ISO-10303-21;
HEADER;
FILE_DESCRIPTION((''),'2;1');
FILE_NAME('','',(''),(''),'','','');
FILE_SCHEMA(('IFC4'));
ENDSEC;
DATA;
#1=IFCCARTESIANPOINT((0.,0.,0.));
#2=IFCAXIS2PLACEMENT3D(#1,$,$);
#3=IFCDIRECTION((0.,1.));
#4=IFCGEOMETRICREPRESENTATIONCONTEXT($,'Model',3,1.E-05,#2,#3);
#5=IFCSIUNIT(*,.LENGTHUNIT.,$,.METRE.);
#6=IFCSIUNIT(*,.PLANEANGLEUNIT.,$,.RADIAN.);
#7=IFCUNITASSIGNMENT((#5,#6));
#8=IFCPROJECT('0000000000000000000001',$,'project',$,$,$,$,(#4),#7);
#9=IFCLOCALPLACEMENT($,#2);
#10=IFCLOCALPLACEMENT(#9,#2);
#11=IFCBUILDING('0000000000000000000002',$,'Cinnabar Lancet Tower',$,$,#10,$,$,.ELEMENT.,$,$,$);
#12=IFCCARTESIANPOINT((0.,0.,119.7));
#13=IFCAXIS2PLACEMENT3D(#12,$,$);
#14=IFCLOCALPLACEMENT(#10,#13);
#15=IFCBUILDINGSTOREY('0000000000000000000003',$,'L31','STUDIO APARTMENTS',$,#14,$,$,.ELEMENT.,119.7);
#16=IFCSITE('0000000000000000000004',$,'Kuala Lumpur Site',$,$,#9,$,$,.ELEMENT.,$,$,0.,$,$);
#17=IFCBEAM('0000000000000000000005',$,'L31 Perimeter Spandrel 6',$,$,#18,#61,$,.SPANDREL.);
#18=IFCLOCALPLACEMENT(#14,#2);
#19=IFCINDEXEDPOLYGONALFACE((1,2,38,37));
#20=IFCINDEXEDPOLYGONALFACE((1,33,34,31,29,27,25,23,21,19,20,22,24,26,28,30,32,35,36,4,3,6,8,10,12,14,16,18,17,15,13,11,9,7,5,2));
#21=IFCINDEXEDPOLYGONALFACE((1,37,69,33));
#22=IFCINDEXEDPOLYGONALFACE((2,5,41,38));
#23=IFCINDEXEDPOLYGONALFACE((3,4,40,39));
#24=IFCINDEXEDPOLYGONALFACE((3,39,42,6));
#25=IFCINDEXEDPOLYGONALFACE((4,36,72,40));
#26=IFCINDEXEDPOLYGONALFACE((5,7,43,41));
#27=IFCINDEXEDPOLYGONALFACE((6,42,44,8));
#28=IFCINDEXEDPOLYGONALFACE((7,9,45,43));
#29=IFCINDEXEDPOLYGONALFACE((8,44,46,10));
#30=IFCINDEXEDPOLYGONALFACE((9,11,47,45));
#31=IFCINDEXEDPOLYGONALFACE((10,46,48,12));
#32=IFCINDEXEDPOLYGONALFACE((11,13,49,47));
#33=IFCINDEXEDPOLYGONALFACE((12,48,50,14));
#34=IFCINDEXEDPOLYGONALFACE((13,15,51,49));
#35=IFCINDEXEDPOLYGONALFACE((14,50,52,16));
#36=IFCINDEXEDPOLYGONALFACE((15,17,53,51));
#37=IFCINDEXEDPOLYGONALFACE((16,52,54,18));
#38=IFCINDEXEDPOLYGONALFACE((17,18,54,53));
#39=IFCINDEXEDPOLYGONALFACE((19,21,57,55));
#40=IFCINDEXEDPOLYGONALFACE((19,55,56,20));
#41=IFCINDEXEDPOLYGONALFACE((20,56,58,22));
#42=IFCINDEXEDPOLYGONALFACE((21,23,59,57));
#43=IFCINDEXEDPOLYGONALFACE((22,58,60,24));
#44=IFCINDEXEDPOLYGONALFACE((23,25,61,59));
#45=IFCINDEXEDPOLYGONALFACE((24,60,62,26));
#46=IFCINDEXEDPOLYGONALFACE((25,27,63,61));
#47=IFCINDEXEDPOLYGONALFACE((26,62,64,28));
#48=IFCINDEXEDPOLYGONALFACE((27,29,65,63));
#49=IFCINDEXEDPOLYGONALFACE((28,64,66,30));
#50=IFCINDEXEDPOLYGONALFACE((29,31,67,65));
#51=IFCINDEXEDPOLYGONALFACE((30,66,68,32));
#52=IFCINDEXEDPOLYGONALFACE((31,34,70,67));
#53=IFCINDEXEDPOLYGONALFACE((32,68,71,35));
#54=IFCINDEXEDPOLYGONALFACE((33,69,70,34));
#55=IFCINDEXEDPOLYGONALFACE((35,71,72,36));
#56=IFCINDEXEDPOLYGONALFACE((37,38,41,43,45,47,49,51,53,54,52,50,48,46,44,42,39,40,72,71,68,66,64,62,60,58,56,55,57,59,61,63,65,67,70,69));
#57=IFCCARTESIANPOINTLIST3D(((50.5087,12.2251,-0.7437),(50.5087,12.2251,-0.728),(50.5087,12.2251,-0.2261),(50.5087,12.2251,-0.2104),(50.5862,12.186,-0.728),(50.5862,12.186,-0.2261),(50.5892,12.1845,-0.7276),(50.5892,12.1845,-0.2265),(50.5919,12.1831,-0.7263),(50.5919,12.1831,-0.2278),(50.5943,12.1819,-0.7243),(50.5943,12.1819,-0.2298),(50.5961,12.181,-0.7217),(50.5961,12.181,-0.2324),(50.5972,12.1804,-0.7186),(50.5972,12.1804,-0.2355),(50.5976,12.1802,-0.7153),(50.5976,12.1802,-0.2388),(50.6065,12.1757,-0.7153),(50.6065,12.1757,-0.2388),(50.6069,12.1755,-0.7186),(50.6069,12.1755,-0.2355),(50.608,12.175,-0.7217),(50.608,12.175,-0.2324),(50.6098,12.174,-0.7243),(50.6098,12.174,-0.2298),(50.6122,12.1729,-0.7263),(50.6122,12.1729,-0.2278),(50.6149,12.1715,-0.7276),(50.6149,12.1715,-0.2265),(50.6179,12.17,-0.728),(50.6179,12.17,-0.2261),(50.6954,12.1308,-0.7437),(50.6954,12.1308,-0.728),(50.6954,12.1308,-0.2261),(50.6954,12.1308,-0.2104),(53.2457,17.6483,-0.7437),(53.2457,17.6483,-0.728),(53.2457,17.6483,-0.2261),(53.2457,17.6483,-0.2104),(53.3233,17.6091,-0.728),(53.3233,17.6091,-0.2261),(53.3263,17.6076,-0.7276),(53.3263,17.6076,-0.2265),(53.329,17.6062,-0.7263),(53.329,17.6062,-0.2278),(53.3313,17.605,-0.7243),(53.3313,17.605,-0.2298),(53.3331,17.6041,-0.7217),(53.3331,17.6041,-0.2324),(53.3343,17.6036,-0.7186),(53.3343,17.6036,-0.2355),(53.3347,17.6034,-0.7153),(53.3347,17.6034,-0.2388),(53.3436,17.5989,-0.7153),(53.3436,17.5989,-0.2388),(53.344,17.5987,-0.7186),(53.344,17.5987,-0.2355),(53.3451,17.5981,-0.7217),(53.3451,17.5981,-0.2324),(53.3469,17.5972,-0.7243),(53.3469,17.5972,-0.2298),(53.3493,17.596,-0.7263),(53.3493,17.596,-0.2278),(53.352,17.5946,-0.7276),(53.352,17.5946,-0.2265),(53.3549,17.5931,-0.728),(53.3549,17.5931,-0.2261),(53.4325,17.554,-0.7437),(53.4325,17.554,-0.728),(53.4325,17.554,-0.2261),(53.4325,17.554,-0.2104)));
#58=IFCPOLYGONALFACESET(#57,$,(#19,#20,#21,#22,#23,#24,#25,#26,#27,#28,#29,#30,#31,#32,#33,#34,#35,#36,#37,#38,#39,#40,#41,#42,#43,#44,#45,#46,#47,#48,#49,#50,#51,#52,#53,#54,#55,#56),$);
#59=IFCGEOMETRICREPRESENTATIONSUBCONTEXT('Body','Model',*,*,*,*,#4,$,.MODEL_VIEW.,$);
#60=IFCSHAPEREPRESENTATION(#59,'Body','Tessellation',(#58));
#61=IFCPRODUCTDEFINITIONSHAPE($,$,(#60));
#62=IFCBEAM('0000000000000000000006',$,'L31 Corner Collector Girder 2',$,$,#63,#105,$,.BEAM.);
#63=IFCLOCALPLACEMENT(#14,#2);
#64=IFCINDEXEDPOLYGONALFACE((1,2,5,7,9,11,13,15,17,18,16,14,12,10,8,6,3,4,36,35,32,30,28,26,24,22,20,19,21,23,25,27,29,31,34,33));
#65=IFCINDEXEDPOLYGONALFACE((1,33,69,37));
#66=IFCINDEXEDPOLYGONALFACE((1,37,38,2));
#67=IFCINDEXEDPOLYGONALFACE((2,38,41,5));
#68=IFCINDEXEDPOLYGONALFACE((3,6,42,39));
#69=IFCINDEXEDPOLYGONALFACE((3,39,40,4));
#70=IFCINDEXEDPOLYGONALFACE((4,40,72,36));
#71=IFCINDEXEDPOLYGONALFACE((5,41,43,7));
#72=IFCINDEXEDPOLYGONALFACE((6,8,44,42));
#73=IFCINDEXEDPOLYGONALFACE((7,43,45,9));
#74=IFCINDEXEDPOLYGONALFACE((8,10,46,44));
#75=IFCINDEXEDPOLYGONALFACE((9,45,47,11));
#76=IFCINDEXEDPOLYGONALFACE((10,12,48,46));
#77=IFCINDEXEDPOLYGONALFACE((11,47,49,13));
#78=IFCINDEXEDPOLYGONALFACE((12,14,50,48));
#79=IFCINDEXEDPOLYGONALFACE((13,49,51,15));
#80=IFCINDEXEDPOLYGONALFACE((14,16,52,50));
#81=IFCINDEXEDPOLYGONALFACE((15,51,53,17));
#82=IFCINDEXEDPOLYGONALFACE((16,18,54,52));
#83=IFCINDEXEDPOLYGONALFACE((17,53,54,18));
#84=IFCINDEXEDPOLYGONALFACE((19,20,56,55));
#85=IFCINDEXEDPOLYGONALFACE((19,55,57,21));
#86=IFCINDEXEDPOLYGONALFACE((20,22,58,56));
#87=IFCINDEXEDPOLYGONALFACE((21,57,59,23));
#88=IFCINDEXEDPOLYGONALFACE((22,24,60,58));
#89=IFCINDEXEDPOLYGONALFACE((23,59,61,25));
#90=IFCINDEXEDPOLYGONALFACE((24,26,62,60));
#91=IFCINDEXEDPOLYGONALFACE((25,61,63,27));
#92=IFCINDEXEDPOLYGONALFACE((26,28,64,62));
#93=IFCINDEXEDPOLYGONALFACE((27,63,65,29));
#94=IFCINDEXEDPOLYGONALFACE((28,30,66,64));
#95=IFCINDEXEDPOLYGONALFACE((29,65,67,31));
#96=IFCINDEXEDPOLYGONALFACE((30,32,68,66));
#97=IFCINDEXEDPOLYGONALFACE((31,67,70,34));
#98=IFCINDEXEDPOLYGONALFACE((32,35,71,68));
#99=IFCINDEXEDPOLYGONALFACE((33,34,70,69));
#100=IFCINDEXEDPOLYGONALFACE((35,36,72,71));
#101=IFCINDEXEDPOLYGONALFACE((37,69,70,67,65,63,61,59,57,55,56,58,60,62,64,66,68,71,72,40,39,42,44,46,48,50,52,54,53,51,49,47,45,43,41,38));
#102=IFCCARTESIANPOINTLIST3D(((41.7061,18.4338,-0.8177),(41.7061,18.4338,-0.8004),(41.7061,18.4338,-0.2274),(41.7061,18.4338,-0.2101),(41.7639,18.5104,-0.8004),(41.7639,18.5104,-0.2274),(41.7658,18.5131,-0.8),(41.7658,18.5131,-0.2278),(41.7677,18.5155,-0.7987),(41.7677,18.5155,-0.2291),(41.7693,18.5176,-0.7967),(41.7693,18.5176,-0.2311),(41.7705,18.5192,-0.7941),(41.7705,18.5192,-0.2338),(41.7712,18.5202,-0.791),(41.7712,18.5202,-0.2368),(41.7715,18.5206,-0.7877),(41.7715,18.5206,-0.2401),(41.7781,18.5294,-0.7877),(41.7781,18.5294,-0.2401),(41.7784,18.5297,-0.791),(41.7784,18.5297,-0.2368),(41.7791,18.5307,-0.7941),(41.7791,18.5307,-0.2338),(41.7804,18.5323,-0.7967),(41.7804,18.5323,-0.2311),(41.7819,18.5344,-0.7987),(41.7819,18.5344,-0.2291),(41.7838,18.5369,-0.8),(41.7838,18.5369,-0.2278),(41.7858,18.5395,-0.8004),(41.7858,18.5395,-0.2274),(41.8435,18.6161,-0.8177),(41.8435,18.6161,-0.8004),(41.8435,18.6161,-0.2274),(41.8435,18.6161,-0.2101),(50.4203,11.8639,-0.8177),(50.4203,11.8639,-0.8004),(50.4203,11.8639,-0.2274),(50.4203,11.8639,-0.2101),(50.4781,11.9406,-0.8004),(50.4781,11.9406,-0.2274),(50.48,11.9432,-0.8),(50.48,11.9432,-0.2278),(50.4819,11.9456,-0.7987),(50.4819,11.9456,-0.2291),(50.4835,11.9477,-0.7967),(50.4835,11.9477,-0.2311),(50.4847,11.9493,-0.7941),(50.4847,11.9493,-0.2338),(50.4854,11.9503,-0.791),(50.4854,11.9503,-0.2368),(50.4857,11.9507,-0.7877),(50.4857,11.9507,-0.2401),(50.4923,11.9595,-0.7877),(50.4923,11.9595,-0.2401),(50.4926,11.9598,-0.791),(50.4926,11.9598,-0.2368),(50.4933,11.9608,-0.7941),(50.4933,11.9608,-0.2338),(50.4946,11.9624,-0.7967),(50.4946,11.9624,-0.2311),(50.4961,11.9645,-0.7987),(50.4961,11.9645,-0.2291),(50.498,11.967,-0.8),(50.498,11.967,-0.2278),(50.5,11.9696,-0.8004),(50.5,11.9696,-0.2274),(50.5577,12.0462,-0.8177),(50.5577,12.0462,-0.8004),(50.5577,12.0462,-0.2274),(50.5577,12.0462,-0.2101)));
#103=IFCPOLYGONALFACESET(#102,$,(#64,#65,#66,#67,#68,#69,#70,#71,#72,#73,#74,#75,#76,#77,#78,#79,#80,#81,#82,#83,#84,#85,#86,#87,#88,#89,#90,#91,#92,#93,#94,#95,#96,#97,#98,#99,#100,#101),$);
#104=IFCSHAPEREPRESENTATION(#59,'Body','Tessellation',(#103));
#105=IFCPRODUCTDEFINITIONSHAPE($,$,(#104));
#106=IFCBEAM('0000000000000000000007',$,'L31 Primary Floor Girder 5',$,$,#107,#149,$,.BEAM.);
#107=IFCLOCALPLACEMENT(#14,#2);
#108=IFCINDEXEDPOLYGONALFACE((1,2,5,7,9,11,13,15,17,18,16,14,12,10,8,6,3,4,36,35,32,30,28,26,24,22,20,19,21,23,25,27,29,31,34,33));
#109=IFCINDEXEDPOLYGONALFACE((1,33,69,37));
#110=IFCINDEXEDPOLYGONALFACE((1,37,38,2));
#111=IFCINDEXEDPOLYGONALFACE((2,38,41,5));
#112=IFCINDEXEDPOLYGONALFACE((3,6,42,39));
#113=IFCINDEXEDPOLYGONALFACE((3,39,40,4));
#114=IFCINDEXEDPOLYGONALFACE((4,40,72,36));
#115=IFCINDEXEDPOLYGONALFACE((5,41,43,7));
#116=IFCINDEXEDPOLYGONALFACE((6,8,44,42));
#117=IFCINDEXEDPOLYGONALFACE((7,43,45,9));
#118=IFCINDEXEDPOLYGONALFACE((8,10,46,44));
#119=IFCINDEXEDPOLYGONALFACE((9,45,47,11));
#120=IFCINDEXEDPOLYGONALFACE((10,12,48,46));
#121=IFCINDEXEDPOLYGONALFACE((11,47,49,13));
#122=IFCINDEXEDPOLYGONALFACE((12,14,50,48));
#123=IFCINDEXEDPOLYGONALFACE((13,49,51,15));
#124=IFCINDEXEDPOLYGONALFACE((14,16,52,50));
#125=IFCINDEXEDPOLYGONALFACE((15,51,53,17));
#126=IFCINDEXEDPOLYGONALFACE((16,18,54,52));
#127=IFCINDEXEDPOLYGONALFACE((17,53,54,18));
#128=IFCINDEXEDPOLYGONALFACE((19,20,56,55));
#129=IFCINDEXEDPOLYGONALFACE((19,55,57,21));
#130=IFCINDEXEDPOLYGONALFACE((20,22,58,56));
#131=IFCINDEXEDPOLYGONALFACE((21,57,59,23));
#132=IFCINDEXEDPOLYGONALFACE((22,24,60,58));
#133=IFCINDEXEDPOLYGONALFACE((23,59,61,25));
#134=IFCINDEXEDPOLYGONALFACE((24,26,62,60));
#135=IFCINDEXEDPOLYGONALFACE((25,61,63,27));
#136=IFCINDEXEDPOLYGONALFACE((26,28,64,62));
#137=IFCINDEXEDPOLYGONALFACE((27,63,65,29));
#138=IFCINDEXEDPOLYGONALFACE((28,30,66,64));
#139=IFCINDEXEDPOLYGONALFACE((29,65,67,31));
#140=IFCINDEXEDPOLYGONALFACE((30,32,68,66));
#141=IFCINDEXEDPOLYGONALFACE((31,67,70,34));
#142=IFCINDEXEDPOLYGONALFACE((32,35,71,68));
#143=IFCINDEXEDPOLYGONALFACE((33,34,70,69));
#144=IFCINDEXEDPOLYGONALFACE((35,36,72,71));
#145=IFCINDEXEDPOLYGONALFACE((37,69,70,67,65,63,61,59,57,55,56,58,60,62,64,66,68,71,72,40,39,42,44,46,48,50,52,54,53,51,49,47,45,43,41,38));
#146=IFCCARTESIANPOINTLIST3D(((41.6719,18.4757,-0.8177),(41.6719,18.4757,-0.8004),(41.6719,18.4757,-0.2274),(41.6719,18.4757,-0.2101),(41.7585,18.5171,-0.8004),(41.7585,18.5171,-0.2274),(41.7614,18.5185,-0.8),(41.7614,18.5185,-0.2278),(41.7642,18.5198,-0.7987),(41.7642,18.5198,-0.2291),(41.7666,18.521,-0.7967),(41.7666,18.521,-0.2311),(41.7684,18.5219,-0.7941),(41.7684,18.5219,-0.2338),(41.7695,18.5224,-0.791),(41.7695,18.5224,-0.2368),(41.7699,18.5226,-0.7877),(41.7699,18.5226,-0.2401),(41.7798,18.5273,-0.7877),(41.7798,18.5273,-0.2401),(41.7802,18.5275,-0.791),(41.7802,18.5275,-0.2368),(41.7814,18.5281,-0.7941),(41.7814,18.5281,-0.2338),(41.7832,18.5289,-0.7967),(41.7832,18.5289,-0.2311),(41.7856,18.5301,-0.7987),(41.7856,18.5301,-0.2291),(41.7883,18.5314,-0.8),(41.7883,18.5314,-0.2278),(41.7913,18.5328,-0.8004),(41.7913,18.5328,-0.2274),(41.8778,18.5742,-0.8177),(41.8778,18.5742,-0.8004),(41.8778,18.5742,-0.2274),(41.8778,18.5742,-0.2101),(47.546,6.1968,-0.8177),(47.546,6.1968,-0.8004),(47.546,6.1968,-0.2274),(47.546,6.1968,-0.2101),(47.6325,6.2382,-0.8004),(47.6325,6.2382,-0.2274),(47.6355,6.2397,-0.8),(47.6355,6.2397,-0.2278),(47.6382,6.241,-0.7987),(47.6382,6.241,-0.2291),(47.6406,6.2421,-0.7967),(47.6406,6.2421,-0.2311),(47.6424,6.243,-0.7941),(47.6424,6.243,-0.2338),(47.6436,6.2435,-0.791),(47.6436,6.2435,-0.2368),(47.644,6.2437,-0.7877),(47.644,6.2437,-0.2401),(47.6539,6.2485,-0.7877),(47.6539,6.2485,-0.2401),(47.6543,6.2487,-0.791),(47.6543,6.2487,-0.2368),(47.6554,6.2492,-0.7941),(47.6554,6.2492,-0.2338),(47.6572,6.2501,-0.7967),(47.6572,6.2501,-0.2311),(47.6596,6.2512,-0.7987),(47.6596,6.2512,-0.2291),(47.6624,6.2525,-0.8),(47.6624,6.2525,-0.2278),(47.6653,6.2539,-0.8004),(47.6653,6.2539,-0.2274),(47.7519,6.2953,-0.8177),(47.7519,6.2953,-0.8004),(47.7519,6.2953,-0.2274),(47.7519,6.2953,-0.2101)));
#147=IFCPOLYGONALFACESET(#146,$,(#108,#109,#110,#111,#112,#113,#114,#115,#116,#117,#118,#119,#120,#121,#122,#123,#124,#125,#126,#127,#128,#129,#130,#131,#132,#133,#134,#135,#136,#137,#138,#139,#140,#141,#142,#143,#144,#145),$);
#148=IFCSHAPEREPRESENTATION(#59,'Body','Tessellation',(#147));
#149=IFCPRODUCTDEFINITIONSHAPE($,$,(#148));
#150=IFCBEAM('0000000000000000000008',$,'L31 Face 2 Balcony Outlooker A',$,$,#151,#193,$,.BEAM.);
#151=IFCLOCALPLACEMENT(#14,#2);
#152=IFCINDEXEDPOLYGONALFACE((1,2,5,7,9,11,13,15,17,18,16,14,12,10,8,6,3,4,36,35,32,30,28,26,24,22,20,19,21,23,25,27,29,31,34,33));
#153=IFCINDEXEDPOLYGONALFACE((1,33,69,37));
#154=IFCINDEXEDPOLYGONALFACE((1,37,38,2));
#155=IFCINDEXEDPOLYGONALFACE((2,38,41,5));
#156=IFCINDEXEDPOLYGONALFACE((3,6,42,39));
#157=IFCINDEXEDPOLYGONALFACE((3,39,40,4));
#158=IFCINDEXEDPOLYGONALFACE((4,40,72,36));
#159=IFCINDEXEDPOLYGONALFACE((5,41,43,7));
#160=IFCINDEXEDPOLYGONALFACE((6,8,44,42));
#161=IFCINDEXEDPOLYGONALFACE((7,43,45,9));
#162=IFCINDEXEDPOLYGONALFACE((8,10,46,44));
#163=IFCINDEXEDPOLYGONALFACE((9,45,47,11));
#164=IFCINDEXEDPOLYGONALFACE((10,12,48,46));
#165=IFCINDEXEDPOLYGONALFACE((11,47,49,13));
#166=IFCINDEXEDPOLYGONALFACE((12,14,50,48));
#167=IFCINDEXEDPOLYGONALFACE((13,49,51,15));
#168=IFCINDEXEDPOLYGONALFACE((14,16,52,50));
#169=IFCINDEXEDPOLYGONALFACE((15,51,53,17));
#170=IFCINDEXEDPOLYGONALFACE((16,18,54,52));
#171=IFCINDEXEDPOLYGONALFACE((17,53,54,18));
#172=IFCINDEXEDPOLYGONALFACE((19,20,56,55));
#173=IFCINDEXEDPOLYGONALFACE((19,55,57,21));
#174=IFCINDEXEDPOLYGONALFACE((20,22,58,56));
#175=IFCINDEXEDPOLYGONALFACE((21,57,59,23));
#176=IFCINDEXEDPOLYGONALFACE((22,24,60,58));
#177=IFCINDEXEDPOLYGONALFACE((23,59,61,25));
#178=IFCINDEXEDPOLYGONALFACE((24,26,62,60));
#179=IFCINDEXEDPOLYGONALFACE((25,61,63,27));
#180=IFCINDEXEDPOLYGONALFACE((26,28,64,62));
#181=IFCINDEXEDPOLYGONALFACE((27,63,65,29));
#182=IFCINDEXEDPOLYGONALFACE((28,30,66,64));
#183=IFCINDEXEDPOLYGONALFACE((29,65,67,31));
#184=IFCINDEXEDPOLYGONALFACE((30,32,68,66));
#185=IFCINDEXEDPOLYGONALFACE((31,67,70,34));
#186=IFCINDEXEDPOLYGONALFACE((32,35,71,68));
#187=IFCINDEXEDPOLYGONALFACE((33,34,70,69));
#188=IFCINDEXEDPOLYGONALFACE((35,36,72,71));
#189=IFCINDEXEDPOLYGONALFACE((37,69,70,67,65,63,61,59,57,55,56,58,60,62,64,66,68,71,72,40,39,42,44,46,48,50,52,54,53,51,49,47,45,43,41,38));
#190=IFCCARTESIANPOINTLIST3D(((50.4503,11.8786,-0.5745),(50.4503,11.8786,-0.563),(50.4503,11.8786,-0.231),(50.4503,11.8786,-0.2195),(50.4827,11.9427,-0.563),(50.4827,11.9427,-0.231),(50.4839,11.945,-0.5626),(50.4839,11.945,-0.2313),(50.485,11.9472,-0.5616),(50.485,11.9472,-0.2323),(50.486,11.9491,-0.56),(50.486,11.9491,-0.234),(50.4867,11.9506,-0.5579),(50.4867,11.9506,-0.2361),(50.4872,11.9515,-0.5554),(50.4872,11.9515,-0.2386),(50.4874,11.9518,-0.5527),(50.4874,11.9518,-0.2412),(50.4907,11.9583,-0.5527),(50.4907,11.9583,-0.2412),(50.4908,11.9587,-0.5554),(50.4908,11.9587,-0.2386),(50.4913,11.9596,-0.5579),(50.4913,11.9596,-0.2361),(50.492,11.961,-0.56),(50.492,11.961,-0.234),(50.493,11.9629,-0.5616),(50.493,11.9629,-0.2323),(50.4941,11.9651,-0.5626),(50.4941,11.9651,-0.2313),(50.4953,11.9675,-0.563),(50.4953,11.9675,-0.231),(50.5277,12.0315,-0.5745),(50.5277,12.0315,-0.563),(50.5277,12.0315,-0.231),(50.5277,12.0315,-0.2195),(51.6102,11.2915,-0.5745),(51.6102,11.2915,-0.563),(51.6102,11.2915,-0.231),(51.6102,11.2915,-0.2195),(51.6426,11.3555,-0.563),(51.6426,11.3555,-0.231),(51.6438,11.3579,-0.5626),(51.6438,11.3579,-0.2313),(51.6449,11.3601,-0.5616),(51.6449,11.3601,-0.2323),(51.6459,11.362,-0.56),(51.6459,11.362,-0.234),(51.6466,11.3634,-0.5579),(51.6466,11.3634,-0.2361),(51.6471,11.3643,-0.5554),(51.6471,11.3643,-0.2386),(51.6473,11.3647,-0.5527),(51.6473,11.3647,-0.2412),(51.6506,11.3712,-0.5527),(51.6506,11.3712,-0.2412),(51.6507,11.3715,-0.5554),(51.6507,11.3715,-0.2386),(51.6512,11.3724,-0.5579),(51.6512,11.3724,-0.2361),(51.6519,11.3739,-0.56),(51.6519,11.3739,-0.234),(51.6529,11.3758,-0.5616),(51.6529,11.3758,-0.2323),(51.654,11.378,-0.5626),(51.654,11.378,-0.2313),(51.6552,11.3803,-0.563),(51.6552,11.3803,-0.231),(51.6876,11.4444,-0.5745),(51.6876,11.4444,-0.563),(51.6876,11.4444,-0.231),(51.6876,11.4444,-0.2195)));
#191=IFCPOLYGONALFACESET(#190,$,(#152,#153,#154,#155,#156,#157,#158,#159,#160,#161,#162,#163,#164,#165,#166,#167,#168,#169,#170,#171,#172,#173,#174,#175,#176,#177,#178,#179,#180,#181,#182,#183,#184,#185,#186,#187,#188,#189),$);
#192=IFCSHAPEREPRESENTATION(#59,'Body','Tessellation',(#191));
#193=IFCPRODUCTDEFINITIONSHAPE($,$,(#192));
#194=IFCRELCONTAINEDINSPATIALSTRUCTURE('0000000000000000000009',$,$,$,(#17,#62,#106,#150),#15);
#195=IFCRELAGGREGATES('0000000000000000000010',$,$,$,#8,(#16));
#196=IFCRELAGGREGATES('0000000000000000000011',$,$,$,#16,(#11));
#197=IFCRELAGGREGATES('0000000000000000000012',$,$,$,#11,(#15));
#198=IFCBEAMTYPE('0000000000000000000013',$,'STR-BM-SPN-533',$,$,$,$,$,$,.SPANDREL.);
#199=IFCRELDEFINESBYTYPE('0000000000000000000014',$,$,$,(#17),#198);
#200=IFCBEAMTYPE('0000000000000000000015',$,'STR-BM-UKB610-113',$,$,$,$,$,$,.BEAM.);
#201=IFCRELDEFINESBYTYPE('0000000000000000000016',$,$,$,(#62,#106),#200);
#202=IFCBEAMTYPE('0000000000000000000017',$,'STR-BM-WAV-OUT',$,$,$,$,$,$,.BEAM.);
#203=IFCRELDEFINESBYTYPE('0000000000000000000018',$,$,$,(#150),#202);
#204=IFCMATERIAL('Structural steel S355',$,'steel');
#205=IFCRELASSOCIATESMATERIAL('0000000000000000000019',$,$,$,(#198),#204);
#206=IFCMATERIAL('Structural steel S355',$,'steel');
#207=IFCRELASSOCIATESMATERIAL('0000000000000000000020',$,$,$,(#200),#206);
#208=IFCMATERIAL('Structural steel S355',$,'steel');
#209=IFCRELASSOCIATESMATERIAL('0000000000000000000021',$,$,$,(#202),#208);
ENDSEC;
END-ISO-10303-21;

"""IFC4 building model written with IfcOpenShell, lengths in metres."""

from ifc_helpers import new_model, si_unit, direction, frame, origin, origin_2d, place, context, subcontext, project, spatial, i_section, extrude, material, material_profile, profile_set, type_object, element, save


model = new_model("IFC4")

# Units and contexts
model_context = context("Model", 3, precision=1e-05, world=origin(), true_north=direction((0.0, 1.0)))
body_context = subcontext(model_context, "Body", "Model", "MODEL_VIEW")
ifc_project = project(units=[si_unit("LENGTHUNIT", "METRE"), si_unit("PLANEANGLEUNIT", "RADIAN")], contexts=[model_context])

# Site, building, storey
site_placement = place(None, origin())
site = spatial("IfcSite", under=ifc_project, at=site_placement, Name="Kuala Lumpur Site", CompositionType="ELEMENT", RefElevation=0.0)
building_placement = place(site_placement, origin())
building = spatial("IfcBuilding", under=site, at=building_placement, Name="Cinnabar Lancet Tower", CompositionType="ELEMENT")
storey_placement = place(building_placement, frame((0.0, 0.0, 119.7)))
storey = spatial("IfcBuildingStorey", under=building, at=storey_placement, Name="L31", Description="STUDIO APARTMENTS", CompositionType="ELEMENT", Elevation=119.7)

# Beams
ifc_material_1 = material(Name="Structural steel S355", Category="steel")
ifc_material_profile_1 = material_profile(ifc_material_1, i_section(OverallWidth=0.2092, OverallDepth=0.5332, WebThickness=0.01, FlangeThickness=0.0156, FilletRadius=0.0127, at=origin_2d()), Name="UKB 533x210x92")
ifc_profile_set_1 = profile_set([ifc_material_profile_1], Name="Structural steel S355")
beam_type_1 = type_object("IfcBeamType", Name="STR-BM-SPN-533", PredefinedType="SPANDREL", material=ifc_profile_set_1)
beam_1_placement = place(storey_placement, frame((50.6021, 12.178, -0.4771), z_axis=(0.45057, 0.892741, 0.0), x_axis=(-0.892741, 0.45057, 0.0)))
element("IfcBeam", 1, at=beam_1_placement, inside=storey, type_object=beam_type_1, Name="L31 Perimeter Spandrel 6", PredefinedType="SPANDREL", context=body_context, shape_type="SweptSolid", body=[
    extrude(i_section(OverallWidth=0.2092, OverallDepth=0.5332, WebThickness=0.01, FlangeThickness=0.0156, FilletRadius=0.0127, at=origin_2d()), origin(), (0.0, 0.0, 1.0), 6.0747),
])
ifc_material_2 = material(Name="Structural steel S355", Category="steel")
ifc_material_profile_2 = material_profile(ifc_material_2, i_section(OverallWidth=0.2283, OverallDepth=0.6077, WebThickness=0.011, FlangeThickness=0.0173, FilletRadius=0.0127, at=origin_2d()), Name="UKB 610x229x113")
ifc_profile_set_2 = profile_set([ifc_material_profile_2], Name="Structural steel S355")
beam_type_2 = type_object("IfcBeamType", Name="STR-BM-UKB610-113", PredefinedType="BEAM", material=ifc_profile_set_2)
beam_2_placement = place(storey_placement, frame((50.489, 11.9551, -0.5139), z_axis=(-0.798491, 0.602006, 0.0), x_axis=(-0.602006, -0.798491, 0.0)))
element("IfcBeam", 2, at=beam_2_placement, inside=storey, type_object=beam_type_2, Name="L31 Corner Collector Girder 2", PredefinedType="BEAM", context=body_context, shape_type="SweptSolid", body=[
    extrude(i_section(OverallWidth=0.2283, OverallDepth=0.6077, WebThickness=0.011, FlangeThickness=0.0173, FilletRadius=0.0127, at=origin_2d()), origin(), (0.0, 0.0, 1.0), 10.9133),
])
beam_3_placement = place(storey_placement, frame((47.6489, 6.2461, -0.5139), z_axis=(-0.431548, 0.90209, 0.0), x_axis=(-0.90209, -0.431548, 0.0)))
element("IfcBeam", 3, at=beam_3_placement, inside=storey, type_object=beam_type_2, Name="L31 Primary Floor Girder 5", PredefinedType="BEAM", context=body_context, shape_type="SweptSolid", body=[
    extrude(i_section(OverallWidth=0.2283, OverallDepth=0.6077, WebThickness=0.011, FlangeThickness=0.0173, FilletRadius=0.0127, at=origin_2d()), origin(), (0.0, 0.0, 1.0), 13.6116),
])
ifc_material_3 = material(Name="Structural steel S355", Category="steel")
ifc_material_profile_3 = material_profile(ifc_material_3, i_section(OverallWidth=0.1714, OverallDepth=0.355, WebThickness=0.0073, FlangeThickness=0.0115, FilletRadius=0.0103, at=origin_2d()), Name="UKB 356x171x51")
ifc_profile_set_3 = profile_set([ifc_material_profile_3], Name="Structural steel S355")
beam_type_3 = type_object("IfcBeamType", Name="STR-BM-WAV-OUT", PredefinedType="BEAM", material=ifc_profile_set_3)
beam_4_placement = place(storey_placement, frame((50.489, 11.9551, -0.397), z_axis=(0.8922, -0.45164, 0.0), x_axis=(0.45164, 0.8922, 0.0)))
element("IfcBeam", 4, at=beam_4_placement, inside=storey, type_object=beam_type_3, Name="L31 Face 2 Balcony Outlooker A", PredefinedType="BEAM", context=body_context, shape_type="SweptSolid", body=[
    extrude(i_section(OverallWidth=0.1714, OverallDepth=0.355, WebThickness=0.0073, FlangeThickness=0.0115, FilletRadius=0.0103, at=origin_2d()), origin(), (0.0, 0.0, 1.0), 1.3),
])

save(model, "model.ifc")
